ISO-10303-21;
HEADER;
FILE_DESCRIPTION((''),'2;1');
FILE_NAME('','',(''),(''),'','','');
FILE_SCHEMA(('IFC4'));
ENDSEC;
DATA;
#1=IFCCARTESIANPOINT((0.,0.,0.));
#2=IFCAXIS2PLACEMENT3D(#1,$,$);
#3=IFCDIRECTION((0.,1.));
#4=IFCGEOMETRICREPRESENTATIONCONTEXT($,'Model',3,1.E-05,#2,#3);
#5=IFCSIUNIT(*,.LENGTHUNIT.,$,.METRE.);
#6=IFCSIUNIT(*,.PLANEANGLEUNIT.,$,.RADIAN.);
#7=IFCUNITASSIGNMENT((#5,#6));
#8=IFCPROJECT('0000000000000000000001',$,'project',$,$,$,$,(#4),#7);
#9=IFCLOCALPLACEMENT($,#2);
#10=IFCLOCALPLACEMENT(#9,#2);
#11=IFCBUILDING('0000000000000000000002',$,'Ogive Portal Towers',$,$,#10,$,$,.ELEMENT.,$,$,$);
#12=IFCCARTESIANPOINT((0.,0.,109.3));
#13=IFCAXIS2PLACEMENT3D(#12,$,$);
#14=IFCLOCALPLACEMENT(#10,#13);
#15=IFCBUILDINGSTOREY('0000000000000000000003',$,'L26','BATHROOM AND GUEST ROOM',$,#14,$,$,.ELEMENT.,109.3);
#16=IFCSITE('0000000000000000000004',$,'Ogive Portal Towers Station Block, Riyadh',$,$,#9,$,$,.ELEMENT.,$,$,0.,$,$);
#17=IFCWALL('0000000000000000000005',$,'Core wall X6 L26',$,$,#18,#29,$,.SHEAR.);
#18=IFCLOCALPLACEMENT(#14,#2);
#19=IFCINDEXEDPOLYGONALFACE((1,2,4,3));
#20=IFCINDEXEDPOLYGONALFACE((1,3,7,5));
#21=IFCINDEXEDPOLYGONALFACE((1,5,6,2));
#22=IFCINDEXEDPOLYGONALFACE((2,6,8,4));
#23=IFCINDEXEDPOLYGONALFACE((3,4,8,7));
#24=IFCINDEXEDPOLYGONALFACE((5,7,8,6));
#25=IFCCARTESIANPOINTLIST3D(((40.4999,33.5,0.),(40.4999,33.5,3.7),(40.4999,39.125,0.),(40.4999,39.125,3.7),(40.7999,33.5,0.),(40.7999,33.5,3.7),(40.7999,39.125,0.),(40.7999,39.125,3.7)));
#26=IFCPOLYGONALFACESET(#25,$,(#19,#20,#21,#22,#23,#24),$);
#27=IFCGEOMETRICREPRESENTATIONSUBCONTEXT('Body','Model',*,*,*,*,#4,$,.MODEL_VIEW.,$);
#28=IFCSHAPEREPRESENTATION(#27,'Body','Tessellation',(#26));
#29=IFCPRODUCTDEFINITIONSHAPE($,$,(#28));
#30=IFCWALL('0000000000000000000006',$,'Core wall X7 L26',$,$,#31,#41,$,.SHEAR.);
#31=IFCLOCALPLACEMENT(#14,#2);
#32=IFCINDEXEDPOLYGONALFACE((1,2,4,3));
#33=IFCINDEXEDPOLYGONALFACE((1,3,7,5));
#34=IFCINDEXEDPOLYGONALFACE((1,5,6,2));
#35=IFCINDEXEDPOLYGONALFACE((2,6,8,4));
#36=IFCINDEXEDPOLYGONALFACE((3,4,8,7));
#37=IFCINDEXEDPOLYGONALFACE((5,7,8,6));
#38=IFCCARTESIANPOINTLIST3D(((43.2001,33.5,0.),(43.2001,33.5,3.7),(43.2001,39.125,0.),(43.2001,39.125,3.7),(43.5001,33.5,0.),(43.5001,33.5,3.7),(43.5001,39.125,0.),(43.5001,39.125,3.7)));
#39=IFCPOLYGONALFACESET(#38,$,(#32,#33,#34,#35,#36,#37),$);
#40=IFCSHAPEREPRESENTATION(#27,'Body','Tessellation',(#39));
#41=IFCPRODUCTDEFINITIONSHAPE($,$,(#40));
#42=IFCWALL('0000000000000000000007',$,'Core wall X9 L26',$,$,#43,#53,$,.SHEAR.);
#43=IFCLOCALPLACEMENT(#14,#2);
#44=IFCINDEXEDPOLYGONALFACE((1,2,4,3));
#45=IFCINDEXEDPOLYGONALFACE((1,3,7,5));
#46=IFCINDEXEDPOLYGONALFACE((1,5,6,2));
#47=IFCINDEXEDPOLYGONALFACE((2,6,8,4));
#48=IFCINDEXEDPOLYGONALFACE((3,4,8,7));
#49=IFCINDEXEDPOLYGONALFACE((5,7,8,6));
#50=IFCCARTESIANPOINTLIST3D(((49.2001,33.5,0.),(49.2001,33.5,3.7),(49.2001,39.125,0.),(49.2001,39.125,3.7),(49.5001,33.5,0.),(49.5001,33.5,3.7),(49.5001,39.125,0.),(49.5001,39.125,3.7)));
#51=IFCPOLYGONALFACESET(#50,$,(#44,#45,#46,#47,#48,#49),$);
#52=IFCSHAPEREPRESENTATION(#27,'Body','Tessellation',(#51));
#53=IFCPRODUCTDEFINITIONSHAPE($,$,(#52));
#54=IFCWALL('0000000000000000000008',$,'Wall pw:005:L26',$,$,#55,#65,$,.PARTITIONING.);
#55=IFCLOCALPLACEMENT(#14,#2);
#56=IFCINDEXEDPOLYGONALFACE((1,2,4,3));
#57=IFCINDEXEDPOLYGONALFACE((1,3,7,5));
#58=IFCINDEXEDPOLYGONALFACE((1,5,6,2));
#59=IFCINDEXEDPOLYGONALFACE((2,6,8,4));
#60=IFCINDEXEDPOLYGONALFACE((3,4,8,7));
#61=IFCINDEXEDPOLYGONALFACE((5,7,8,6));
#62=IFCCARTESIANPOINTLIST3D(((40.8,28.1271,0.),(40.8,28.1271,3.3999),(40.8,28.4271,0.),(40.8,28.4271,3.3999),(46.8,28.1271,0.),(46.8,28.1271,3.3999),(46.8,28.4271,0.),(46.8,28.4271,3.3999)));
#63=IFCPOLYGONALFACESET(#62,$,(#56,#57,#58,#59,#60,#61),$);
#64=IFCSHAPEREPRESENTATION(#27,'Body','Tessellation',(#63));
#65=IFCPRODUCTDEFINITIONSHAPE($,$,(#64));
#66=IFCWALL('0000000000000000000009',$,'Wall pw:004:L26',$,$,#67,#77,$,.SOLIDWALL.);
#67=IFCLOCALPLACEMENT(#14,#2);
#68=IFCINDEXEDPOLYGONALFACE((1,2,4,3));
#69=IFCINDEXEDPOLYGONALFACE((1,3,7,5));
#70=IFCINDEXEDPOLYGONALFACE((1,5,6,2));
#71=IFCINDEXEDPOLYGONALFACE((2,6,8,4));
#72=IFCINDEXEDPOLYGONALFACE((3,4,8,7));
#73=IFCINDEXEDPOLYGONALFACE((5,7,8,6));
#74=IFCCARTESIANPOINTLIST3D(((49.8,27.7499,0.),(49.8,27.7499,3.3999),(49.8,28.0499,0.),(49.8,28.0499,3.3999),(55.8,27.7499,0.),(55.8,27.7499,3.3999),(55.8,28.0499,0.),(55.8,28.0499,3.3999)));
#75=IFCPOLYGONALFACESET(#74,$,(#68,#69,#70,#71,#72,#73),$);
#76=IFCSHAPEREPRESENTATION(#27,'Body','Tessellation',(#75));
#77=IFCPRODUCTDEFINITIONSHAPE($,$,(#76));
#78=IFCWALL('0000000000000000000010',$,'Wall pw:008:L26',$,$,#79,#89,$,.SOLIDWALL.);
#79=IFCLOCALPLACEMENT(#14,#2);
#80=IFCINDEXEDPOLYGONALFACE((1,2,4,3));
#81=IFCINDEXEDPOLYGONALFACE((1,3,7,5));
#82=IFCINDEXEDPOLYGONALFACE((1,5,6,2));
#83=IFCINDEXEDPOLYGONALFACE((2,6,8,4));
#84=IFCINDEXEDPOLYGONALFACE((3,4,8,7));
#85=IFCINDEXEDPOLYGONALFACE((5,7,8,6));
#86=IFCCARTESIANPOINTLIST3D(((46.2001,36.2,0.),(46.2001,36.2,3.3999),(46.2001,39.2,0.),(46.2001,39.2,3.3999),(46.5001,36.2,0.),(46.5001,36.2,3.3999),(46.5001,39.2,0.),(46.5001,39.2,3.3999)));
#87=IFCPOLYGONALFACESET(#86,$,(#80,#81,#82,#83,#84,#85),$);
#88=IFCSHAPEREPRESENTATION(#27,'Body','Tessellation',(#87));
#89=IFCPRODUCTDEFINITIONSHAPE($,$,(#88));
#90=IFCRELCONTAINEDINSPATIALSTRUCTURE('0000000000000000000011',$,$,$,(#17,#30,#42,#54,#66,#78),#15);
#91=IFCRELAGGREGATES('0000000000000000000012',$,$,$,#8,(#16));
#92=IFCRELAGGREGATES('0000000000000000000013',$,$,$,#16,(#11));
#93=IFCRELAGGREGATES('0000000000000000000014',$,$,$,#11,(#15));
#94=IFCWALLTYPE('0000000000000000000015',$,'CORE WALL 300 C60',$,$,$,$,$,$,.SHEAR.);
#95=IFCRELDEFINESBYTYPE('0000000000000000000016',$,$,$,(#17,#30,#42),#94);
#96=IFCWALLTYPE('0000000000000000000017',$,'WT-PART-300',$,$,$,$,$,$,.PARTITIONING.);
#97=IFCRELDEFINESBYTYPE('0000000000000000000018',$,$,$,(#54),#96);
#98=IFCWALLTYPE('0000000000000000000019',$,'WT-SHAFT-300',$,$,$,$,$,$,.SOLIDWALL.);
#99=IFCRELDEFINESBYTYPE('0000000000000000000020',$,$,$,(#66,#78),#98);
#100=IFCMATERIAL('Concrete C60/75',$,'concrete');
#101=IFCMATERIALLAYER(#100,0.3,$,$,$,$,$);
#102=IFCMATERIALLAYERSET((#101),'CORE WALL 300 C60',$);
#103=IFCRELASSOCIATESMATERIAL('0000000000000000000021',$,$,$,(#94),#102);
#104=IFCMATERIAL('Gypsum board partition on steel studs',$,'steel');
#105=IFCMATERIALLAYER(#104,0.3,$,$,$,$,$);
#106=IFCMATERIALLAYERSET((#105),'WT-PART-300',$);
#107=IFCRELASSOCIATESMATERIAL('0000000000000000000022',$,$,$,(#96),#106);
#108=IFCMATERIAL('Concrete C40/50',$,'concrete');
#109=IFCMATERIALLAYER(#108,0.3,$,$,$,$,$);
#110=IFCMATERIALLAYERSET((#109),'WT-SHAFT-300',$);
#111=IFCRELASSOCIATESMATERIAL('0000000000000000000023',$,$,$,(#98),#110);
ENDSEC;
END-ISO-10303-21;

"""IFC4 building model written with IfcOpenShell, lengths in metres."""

from ifc_helpers import new_model, si_unit, direction, frame, frame_2d, origin, place, context, subcontext, project, spatial, rectangle, extrude, material, layer, layer_set, type_object, element, save


model = new_model("IFC4")

# Units and contexts
model_context = context("Model", 3, precision=1e-05, world=origin(), true_north=direction((0.0, 1.0)))
body_context = subcontext(model_context, "Body", "Model", "MODEL_VIEW")
ifc_project = project(units=[si_unit("LENGTHUNIT", "METRE"), si_unit("PLANEANGLEUNIT", "RADIAN")], contexts=[model_context])

# Site, building, storey
site_placement = place(None, origin())
site = spatial("IfcSite", under=ifc_project, at=site_placement, Name="Ogive Portal Towers Station Block, Riyadh", CompositionType="ELEMENT", RefElevation=0.0)
building_placement = place(site_placement, origin())
building = spatial("IfcBuilding", under=site, at=building_placement, Name="Ogive Portal Towers", CompositionType="ELEMENT")
storey_placement = place(building_placement, frame((0.0, 0.0, 109.3)))
storey = spatial("IfcBuildingStorey", under=building, at=storey_placement, Name="L26", Description="BATHROOM AND GUEST ROOM", CompositionType="ELEMENT", Elevation=109.3)

# Shared definitions
ifc_material_1 = material(Name="Concrete C60/75", Category="concrete")
ifc_layer_1 = layer(ifc_material_1, 0.3)
ifc_layer_set_1 = layer_set([ifc_layer_1], Name="CORE WALL 300 C60")
wall_type_1 = type_object("IfcWallType", Name="CORE WALL 300 C60", PredefinedType="SHEAR", material=ifc_layer_set_1)

# Walls
for number, where, z_axis, x_axis, name in (
    (1, (40.6499, 33.5, 0.0), (0.0, 0.0, 1.0), (0.0, 1.0, 0.0), "Core wall X6 L26"),
    (2, (43.3501, 33.5, 0.0), (0.0, 0.0, 1.0), (0.0, 1.0, 0.0), "Core wall X7 L26"),
):
    element("IfcWall", number, at=place(storey_placement, frame(where, z_axis=z_axis, x_axis=x_axis)), inside=storey, type_object=wall_type_1, Name=name, PredefinedType="SHEAR", context=body_context, shape_type="SweptSolid", body=[
        extrude(rectangle(XDim=5.625, YDim=0.3, at=frame_2d((2.8125, 0.0))), origin(), (0.0, 0.0, 1.0), 3.7),
    ])

# Walls
wall_1_placement = place(storey_placement, frame((49.3501, 33.5, 0.0), z_axis=(0.0, 0.0, 1.0), x_axis=(0.0, 1.0, 0.0)))
element("IfcWall", 3, at=wall_1_placement, inside=storey, type_object=wall_type_1, Name="Core wall X9 L26", PredefinedType="SHEAR", context=body_context, shape_type="SweptSolid", body=[
    extrude(rectangle(XDim=5.625, YDim=0.3, at=frame_2d((2.8125, 0.0))), origin(), (0.0, 0.0, 1.0), 3.7),
])
ifc_material_2 = material(Name="Gypsum board partition on steel studs", Category="steel")
ifc_layer_2 = layer(ifc_material_2, 0.3)
ifc_layer_set_2 = layer_set([ifc_layer_2], Name="WT-PART-300")
wall_type_2 = type_object("IfcWallType", Name="WT-PART-300", PredefinedType="PARTITIONING", material=ifc_layer_set_2)
wall_2_placement = place(storey_placement, frame((40.8, 28.2771, 0.0), z_axis=(0.0, 0.0, 1.0), x_axis=(1.0, 0.0, 0.0)))
element("IfcWall", 4, at=wall_2_placement, inside=storey, type_object=wall_type_2, Name="Wall pw:005:L26", PredefinedType="PARTITIONING", context=body_context, shape_type="SweptSolid", body=[
    extrude(rectangle(XDim=6.0, YDim=0.3, at=frame_2d((3.0, 0.0))), origin(), (0.0, 0.0, 1.0), 3.3999),
])
ifc_material_3 = material(Name="Concrete C40/50", Category="concrete")
ifc_layer_3 = layer(ifc_material_3, 0.3)
ifc_layer_set_3 = layer_set([ifc_layer_3], Name="WT-SHAFT-300")
wall_type_3 = type_object("IfcWallType", Name="WT-SHAFT-300", PredefinedType="SOLIDWALL", material=ifc_layer_set_3)
wall_3_placement = place(storey_placement, frame((49.8, 27.8999, 0.0), z_axis=(0.0, 0.0, 1.0), x_axis=(1.0, 0.0, 0.0)))
element("IfcWall", 5, at=wall_3_placement, inside=storey, type_object=wall_type_3, Name="Wall pw:004:L26", PredefinedType="SOLIDWALL", context=body_context, shape_type="SweptSolid", body=[
    extrude(rectangle(XDim=6.0, YDim=0.3, at=frame_2d((3.0, 0.0))), origin(), (0.0, 0.0, 1.0), 3.3999),
])
wall_4_placement = place(storey_placement, frame((46.3501, 36.2, 0.0), z_axis=(0.0, 0.0, 1.0), x_axis=(0.0, 1.0, 0.0)))
element("IfcWall", 6, at=wall_4_placement, inside=storey, type_object=wall_type_3, Name="Wall pw:008:L26", PredefinedType="SOLIDWALL", context=body_context, shape_type="SweptSolid", body=[
    extrude(rectangle(XDim=3.0, YDim=0.3, at=frame_2d((1.5, 0.0))), origin(), (0.0, 0.0, 1.0), 3.3999),
])

save(model, "model.ifc")
